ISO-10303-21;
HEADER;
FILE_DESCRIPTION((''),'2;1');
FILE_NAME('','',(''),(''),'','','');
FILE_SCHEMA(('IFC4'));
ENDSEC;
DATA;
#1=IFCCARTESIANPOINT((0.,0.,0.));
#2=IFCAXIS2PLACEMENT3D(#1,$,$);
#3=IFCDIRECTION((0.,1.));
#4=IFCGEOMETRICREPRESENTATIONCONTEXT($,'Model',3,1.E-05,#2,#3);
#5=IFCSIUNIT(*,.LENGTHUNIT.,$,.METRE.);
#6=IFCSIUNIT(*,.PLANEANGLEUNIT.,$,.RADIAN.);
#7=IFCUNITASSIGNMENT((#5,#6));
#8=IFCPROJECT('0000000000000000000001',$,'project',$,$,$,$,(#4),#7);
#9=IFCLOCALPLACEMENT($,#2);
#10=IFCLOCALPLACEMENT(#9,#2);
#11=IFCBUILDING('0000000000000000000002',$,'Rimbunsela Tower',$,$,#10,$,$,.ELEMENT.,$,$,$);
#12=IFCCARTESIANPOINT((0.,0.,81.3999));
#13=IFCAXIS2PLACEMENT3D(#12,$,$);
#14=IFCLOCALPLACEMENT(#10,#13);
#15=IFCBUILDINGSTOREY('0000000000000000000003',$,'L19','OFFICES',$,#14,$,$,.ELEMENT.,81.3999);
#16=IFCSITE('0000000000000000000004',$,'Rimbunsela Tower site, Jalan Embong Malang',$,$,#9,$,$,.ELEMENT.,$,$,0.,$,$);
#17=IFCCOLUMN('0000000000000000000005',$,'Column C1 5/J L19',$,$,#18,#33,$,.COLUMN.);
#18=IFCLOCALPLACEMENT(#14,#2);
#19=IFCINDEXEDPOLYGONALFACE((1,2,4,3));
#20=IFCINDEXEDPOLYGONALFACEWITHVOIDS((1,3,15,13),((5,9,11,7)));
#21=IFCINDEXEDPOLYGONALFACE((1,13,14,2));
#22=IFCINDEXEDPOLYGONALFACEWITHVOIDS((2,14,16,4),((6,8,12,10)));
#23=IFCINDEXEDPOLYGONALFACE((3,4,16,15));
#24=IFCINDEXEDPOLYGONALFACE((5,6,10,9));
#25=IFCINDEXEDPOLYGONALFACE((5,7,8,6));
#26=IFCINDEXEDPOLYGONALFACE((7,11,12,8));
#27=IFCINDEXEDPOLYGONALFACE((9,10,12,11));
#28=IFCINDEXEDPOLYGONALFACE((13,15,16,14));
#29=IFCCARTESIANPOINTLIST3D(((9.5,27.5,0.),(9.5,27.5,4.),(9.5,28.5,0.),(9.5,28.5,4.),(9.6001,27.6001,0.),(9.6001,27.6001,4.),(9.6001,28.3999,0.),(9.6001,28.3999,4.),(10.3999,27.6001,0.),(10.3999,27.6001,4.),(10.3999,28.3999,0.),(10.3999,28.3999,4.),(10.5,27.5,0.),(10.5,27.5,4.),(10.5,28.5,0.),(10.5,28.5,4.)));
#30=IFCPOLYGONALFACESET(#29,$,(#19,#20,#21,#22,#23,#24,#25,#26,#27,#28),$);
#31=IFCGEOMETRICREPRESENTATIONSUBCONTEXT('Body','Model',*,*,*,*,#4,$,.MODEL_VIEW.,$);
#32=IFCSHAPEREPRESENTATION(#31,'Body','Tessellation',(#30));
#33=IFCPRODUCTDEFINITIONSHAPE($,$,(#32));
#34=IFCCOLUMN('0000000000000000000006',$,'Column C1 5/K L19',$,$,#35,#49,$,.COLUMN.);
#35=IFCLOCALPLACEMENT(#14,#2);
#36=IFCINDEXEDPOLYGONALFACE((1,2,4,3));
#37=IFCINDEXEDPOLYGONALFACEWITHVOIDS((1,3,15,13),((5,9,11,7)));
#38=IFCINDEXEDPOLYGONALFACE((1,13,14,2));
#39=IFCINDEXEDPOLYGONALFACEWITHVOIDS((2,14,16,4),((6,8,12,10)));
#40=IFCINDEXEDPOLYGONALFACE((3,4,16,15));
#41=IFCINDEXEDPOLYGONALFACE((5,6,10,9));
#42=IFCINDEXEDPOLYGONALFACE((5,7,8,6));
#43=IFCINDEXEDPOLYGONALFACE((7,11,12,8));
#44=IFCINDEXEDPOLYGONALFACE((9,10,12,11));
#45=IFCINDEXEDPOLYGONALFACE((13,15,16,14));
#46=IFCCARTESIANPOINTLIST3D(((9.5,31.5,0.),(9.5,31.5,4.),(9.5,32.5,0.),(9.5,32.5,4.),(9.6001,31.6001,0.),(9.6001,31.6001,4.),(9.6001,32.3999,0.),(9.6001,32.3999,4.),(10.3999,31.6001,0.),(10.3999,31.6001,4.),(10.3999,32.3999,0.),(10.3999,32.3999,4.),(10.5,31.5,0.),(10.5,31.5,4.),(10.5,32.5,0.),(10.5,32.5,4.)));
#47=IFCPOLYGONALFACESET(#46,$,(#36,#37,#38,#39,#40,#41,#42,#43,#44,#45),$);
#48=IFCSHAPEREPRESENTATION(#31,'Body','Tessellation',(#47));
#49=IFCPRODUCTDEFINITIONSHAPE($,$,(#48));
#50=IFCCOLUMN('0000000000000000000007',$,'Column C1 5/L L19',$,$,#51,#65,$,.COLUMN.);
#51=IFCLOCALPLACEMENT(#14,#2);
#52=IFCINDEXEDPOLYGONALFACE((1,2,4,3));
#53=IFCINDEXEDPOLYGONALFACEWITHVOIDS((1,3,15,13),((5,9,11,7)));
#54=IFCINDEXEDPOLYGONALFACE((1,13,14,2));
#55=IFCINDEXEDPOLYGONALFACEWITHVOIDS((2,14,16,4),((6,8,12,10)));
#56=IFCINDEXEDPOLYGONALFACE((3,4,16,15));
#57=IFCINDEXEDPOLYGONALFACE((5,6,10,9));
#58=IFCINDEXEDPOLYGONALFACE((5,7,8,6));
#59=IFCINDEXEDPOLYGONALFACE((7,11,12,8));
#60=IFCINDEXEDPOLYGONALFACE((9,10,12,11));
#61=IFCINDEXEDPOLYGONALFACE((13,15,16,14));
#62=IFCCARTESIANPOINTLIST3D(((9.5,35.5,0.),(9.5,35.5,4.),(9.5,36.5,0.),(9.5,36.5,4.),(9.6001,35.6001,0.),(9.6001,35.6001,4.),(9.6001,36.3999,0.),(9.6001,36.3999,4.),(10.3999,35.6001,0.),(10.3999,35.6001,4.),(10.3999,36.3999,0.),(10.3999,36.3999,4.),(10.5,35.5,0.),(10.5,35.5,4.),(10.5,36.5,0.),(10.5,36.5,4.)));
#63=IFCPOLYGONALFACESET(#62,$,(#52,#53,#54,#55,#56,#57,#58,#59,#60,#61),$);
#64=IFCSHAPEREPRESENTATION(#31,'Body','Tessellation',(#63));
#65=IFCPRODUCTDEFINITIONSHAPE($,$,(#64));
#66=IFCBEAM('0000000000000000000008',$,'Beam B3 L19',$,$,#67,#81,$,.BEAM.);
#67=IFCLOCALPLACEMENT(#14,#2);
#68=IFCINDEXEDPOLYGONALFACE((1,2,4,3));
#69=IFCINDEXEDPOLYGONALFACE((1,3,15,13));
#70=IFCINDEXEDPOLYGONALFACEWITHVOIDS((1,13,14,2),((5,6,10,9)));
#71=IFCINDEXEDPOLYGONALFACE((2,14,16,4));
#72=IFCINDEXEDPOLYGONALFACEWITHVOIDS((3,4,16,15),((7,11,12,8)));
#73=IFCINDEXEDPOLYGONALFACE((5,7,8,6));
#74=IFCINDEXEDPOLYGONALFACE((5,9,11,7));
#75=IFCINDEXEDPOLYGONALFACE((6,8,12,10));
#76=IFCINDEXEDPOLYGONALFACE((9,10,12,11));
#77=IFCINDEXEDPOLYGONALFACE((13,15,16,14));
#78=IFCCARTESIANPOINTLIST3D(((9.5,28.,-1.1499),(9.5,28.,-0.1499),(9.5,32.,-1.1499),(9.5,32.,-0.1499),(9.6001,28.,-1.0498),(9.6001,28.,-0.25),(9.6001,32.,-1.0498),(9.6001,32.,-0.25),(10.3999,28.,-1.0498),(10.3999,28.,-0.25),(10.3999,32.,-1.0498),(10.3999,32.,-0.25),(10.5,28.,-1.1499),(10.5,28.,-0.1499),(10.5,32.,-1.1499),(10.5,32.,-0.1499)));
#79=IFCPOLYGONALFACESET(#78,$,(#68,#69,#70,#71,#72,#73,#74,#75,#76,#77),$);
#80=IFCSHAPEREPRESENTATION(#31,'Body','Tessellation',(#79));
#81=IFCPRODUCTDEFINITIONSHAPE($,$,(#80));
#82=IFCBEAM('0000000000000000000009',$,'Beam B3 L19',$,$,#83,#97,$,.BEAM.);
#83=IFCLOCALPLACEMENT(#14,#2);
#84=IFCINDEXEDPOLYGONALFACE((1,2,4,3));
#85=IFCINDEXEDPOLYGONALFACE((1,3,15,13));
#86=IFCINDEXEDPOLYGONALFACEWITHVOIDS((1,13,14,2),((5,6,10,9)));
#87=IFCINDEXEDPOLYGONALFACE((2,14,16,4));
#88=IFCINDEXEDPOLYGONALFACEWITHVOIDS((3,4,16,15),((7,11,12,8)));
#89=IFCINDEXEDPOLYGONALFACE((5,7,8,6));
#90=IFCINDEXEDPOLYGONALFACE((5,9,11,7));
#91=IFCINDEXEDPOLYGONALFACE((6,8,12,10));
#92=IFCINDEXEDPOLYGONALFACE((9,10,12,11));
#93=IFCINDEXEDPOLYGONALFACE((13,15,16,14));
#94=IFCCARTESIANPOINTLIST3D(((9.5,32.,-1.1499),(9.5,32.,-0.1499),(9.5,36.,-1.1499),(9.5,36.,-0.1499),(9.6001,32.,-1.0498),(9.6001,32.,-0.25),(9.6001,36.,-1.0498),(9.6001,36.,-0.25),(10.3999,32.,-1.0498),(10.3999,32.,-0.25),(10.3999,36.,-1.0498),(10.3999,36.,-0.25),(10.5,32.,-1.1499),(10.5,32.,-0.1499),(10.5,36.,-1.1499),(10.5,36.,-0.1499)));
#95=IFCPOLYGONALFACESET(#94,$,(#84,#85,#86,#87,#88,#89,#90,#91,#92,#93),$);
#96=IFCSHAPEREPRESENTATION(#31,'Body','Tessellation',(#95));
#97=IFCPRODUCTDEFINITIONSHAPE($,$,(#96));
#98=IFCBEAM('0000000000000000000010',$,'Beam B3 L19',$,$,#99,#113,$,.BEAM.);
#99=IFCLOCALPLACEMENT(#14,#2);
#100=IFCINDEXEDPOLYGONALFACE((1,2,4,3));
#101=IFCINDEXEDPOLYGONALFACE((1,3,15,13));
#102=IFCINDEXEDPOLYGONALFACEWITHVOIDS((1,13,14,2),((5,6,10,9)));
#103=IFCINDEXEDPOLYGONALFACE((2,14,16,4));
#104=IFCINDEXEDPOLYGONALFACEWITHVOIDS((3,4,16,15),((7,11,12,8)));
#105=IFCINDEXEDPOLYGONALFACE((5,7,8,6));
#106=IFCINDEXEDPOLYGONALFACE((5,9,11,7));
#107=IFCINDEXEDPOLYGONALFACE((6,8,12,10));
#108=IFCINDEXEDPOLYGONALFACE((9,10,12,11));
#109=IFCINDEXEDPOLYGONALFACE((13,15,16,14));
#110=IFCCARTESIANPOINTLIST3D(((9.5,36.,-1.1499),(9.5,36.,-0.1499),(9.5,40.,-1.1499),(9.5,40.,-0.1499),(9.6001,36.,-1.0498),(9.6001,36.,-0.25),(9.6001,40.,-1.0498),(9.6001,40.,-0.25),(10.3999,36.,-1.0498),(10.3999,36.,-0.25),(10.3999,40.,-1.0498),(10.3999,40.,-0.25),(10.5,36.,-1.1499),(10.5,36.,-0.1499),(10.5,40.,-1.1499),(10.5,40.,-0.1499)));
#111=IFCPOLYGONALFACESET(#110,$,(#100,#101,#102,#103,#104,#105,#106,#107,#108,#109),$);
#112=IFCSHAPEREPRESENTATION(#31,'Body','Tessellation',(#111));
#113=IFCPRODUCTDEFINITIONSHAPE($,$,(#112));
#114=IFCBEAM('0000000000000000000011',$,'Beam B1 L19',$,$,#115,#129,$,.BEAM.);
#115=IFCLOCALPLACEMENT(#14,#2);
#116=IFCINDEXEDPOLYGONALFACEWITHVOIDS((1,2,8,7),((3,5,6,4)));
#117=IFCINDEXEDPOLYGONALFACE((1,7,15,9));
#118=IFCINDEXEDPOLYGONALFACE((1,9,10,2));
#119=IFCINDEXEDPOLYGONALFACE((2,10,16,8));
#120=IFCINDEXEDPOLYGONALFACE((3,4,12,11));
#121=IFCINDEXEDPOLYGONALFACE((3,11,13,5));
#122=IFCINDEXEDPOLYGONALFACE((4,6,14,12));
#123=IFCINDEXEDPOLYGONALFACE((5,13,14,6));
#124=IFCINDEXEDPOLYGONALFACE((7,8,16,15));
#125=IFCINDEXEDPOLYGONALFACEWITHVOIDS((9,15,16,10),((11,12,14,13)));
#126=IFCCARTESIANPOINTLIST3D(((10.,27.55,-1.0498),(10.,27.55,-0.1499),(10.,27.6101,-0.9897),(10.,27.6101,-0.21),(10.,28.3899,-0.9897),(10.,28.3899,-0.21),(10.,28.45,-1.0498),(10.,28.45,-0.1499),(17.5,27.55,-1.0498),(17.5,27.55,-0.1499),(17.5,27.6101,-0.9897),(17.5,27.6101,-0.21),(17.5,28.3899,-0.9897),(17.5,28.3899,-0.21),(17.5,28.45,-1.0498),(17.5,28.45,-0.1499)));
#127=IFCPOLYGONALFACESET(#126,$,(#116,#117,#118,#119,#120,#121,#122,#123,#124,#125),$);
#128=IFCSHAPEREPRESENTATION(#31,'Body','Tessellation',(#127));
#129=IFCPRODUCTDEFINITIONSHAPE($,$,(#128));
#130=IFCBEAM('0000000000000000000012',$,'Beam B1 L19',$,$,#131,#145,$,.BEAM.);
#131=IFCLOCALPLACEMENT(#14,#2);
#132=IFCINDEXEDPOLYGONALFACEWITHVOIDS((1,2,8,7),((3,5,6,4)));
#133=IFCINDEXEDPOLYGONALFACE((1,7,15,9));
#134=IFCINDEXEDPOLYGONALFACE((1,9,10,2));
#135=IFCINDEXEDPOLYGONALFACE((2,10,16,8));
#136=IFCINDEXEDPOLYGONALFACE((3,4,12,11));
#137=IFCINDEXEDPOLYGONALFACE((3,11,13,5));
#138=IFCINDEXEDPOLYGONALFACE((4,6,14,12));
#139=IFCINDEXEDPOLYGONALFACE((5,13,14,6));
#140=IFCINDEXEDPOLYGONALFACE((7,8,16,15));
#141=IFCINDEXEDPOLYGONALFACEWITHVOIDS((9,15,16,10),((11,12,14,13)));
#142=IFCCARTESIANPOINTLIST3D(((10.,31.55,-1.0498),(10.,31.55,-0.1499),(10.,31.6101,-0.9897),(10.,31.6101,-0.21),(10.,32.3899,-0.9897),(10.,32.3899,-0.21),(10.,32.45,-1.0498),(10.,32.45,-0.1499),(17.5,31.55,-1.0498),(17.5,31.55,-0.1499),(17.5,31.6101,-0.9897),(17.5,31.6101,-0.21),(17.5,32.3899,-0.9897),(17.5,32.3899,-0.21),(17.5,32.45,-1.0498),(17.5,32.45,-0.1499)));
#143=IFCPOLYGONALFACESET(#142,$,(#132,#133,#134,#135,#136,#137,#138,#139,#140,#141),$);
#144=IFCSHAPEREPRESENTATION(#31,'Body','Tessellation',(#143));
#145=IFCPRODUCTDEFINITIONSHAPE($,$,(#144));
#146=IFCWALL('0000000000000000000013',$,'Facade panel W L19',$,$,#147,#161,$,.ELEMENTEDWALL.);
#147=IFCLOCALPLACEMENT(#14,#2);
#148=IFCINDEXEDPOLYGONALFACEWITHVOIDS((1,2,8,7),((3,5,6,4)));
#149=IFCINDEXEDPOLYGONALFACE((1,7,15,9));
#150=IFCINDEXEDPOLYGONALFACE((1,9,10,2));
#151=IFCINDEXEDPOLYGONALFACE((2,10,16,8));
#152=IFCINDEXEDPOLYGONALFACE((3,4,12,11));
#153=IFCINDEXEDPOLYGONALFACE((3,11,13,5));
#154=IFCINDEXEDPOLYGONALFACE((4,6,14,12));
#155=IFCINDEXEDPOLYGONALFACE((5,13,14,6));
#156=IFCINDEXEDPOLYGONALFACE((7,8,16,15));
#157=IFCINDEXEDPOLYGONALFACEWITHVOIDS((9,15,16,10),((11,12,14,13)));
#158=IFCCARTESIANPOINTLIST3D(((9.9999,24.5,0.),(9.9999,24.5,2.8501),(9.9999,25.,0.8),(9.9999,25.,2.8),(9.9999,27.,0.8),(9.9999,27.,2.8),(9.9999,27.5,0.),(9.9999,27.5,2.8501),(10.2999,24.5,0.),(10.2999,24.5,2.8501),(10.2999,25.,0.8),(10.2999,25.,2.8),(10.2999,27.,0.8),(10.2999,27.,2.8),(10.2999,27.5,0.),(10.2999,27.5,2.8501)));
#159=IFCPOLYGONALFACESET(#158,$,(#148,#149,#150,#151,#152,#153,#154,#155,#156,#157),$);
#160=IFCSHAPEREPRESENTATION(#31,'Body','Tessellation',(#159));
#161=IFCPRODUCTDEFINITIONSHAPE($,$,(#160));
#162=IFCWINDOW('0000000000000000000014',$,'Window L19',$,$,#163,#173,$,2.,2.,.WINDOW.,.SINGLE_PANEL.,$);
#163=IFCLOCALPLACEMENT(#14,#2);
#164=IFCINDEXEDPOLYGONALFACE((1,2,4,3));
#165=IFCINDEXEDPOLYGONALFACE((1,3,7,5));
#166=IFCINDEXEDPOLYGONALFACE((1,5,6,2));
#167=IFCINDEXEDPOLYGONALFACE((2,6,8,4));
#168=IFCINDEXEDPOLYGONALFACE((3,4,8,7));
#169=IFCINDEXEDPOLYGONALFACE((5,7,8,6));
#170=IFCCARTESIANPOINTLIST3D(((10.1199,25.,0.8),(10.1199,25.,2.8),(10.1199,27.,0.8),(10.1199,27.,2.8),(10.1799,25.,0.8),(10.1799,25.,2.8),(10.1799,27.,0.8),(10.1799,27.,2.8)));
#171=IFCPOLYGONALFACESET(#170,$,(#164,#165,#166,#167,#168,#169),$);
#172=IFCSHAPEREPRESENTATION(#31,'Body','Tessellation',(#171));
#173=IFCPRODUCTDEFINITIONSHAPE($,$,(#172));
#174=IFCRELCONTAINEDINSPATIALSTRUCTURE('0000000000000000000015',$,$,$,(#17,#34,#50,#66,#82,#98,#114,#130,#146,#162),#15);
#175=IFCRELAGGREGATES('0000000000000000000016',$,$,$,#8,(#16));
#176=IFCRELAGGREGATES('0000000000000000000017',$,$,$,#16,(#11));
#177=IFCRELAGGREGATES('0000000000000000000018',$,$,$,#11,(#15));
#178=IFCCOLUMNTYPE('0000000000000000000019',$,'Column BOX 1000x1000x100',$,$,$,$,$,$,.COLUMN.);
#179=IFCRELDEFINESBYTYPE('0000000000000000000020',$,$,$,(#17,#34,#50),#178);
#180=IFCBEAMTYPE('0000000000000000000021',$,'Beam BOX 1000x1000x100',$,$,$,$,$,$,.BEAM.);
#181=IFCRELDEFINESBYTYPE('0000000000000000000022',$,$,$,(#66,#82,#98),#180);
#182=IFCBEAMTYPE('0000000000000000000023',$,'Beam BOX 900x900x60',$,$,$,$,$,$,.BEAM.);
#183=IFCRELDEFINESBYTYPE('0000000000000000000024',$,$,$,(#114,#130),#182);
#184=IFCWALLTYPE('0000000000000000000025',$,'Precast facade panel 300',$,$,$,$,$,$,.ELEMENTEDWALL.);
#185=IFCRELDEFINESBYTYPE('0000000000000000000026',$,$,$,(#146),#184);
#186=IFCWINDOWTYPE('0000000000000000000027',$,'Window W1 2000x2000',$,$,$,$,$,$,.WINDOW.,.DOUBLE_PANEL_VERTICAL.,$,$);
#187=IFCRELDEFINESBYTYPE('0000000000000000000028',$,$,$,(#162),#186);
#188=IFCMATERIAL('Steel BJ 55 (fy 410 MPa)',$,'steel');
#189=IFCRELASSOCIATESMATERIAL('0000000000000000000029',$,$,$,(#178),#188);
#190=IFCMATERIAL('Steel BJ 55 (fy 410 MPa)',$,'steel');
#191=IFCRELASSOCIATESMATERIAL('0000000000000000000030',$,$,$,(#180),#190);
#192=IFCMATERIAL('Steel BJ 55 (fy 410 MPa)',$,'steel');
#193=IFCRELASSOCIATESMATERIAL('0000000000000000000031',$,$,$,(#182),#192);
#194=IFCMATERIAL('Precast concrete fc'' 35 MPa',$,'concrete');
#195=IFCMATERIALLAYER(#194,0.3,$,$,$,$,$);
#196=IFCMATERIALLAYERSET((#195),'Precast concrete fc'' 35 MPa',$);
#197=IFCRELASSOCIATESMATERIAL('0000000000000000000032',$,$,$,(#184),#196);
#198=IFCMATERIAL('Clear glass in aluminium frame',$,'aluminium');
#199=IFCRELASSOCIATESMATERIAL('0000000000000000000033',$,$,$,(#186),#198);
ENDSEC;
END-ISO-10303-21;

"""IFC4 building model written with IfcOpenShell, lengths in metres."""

from ifc_helpers import new_model, si_unit, direction, frame, frame_2d, origin, origin_2d, place, context, subcontext, project, spatial, rectangle, hollow_rectangle, extrude, material, layer, layer_set, material_profile, profile_set, type_object, element, fill, save


model = new_model("IFC4")

# Units and contexts
model_context = context("Model", 3, precision=1e-05, world=origin(), true_north=direction((0.0, 1.0)))
body_context = subcontext(model_context, "Body", "Model", "MODEL_VIEW")
ifc_project = project(units=[si_unit("LENGTHUNIT", "METRE"), si_unit("PLANEANGLEUNIT", "RADIAN")], contexts=[model_context])

# Site, building, storey
site_placement = place(None, origin())
site = spatial("IfcSite", under=ifc_project, at=site_placement, Name="Rimbunsela Tower site, Jalan Embong Malang", CompositionType="ELEMENT", RefElevation=0.0)
building_placement = place(site_placement, origin())
building = spatial("IfcBuilding", under=site, at=building_placement, Name="Rimbunsela Tower", CompositionType="ELEMENT")
storey_placement = place(building_placement, frame((0.0, 0.0, 81.3999)))
storey = spatial("IfcBuildingStorey", under=building, at=storey_placement, Name="L19", Description="OFFICES", CompositionType="ELEMENT", Elevation=81.3999)

# Columns
ifc_material_1 = material(Name="Steel BJ 55 (fy 410 MPa)", Category="steel")
ifc_material_profile_1 = material_profile(ifc_material_1, hollow_rectangle(XDim=1.0, YDim=1.0, WallThickness=0.1001, at=origin_2d()), Name="BOX 1000x1000x100")
ifc_profile_set_1 = profile_set([ifc_material_profile_1], Name="Steel BJ 55 (fy 410 MPa)")
column_type = type_object("IfcColumnType", Name="Column BOX 1000x1000x100", PredefinedType="COLUMN", material=ifc_profile_set_1)
for number, where, z_axis, x_axis, name in (
    (1, (10.0, 28.0, 0.0), (0.0, 0.0, 1.0), (1.0, 0.0, 0.0), "Column C1 5/J L19"),
    (2, (10.0, 32.0, 0.0), (0.0, 0.0, 1.0), (1.0, 0.0, 0.0), "Column C1 5/K L19"),
    (3, (10.0, 36.0, 0.0), (0.0, 0.0, 1.0), (1.0, 0.0, 0.0), "Column C1 5/L L19"),
):
    element("IfcColumn", number, at=place(storey_placement, frame(where, z_axis=z_axis, x_axis=x_axis)), inside=storey, type_object=column_type, Name=name, PredefinedType="COLUMN", context=body_context, shape_type="SweptSolid", body=[
        extrude(hollow_rectangle(XDim=1.0, YDim=1.0, WallThickness=0.1001, at=origin_2d()), origin(), (0.0, 0.0, 1.0), 4.0),
    ])

# Beams
ifc_material_2 = material(Name="Steel BJ 55 (fy 410 MPa)", Category="steel")
ifc_material_profile_2 = material_profile(ifc_material_2, hollow_rectangle(XDim=1.0, YDim=1.0, WallThickness=0.1001, at=origin_2d()), Name="BOX 1000x1000x100")
ifc_profile_set_2 = profile_set([ifc_material_profile_2], Name="Steel BJ 55 (fy 410 MPa)")
beam_type_1 = type_object("IfcBeamType", Name="Beam BOX 1000x1000x100", PredefinedType="BEAM", material=ifc_profile_set_2)
for number, where, z_axis, x_axis, name in (
    (4, (10.0, 28.0, -0.6499), (0.0, 1.0, 0.0), (-1.0, 0.0, 0.0), "Beam B3 L19"),
    (5, (10.0, 32.0, -0.6499), (0.0, 1.0, 0.0), (-1.0, 0.0, 0.0), "Beam B3 L19"),
    (6, (10.0, 36.0, -0.6499), (0.0, 1.0, 0.0), (-1.0, 0.0, 0.0), "Beam B3 L19"),
):
    element("IfcBeam", number, at=place(storey_placement, frame(where, z_axis=z_axis, x_axis=x_axis)), inside=storey, type_object=beam_type_1, Name=name, PredefinedType="BEAM", context=body_context, shape_type="SweptSolid", body=[
        extrude(hollow_rectangle(XDim=1.0, YDim=1.0, WallThickness=0.1001, at=origin_2d()), origin(), (0.0, 0.0, 1.0), 4.0),
    ])
ifc_material_3 = material(Name="Steel BJ 55 (fy 410 MPa)", Category="steel")
ifc_material_profile_3 = material_profile(ifc_material_3, hollow_rectangle(XDim=0.8999, YDim=0.8999, WallThickness=0.0601, at=origin_2d()), Name="BOX 900x900x60")
ifc_profile_set_3 = profile_set([ifc_material_profile_3], Name="Steel BJ 55 (fy 410 MPa)")
beam_type_2 = type_object("IfcBeamType", Name="Beam BOX 900x900x60", PredefinedType="BEAM", material=ifc_profile_set_3)
for number, where, z_axis, x_axis, name in (
    (7, (10.0, 28.0, -0.5999), (1.0, 0.0, 0.0), (0.0, 1.0, 0.0), "Beam B1 L19"),
    (8, (10.0, 32.0, -0.5999), (1.0, 0.0, 0.0), (0.0, 1.0, 0.0), "Beam B1 L19"),
):
    element("IfcBeam", number, at=place(storey_placement, frame(where, z_axis=z_axis, x_axis=x_axis)), inside=storey, type_object=beam_type_2, Name=name, PredefinedType="BEAM", context=body_context, shape_type="SweptSolid", body=[
        extrude(hollow_rectangle(XDim=0.8999, YDim=0.8999, WallThickness=0.0601, at=origin_2d()), origin(), (0.0, 0.0, 1.0), 7.5),
    ])

# Wall, opening, window
ifc_material_4 = material(Name="Precast concrete fc' 35 MPa", Category="concrete")
ifc_layer_1 = layer(ifc_material_4, 0.3)
ifc_layer_set_1 = layer_set([ifc_layer_1], Name="Precast concrete fc' 35 MPa")
wall_type = type_object("IfcWallType", Name="Precast facade panel 300", PredefinedType="ELEMENTEDWALL", material=ifc_layer_set_1)
wall_1_placement = place(storey_placement, frame((10.1499, 27.5, 0.0), z_axis=(0.0, 0.0, 1.0), x_axis=(0.0, -1.0, 0.0)))
wall_1 = element("IfcWall", 9, at=wall_1_placement, inside=storey, type_object=wall_type, Name="Facade panel W L19", PredefinedType="ELEMENTEDWALL", context=body_context, shape_type="SweptSolid", body=[
    extrude(rectangle(XDim=3.0, YDim=0.3, at=frame_2d((1.5, 0.0))), origin(), (0.0, 0.0, 1.0), 2.8501),
])
opening_1_placement = place(wall_1_placement, frame((0.5, 0.0, 0.8)))
opening_1 = element("IfcOpeningElement", 10, at=opening_1_placement, cuts=wall_1, PredefinedType="OPENING", context=body_context, shape_type="SweptSolid", body=[
    extrude(rectangle(XDim=2.0, YDim=2.0, at=frame_2d((1.0, 1.0))), frame((0.0, 0.1599, 0.0), z_axis=(0.0, -1.0, 0.0), x_axis=(1.0, 0.0, 0.0)), (0.0, 0.0, 1.0), 0.3201),
])
ifc_material_5 = material(Name="Clear glass in aluminium frame", Category="aluminium")
window_type = type_object("IfcWindowType", Name="Window W1 2000x2000", PartitioningType="DOUBLE_PANEL_VERTICAL", PredefinedType="WINDOW", material=ifc_material_5)
window_1_placement = place(opening_1_placement, origin())
window_1 = element("IfcWindow", 11, at=window_1_placement, inside=storey, type_object=window_type, Name="Window L19", OverallHeight=2.0, OverallWidth=2.0, PartitioningType="SINGLE_PANEL", PredefinedType="WINDOW", context=body_context, shape_type="SweptSolid", body=[
    extrude(rectangle(XDim=2.0, YDim=2.0, at=frame_2d((1.0, 1.0))), frame((0.0, 0.03, 0.0), z_axis=(0.0, -1.0, 0.0), x_axis=(1.0, 0.0, 0.0)), (0.0, 0.0, 1.0), 0.0601),
])
fill(opening_1, window_1)

save(model, "model.ifc")
